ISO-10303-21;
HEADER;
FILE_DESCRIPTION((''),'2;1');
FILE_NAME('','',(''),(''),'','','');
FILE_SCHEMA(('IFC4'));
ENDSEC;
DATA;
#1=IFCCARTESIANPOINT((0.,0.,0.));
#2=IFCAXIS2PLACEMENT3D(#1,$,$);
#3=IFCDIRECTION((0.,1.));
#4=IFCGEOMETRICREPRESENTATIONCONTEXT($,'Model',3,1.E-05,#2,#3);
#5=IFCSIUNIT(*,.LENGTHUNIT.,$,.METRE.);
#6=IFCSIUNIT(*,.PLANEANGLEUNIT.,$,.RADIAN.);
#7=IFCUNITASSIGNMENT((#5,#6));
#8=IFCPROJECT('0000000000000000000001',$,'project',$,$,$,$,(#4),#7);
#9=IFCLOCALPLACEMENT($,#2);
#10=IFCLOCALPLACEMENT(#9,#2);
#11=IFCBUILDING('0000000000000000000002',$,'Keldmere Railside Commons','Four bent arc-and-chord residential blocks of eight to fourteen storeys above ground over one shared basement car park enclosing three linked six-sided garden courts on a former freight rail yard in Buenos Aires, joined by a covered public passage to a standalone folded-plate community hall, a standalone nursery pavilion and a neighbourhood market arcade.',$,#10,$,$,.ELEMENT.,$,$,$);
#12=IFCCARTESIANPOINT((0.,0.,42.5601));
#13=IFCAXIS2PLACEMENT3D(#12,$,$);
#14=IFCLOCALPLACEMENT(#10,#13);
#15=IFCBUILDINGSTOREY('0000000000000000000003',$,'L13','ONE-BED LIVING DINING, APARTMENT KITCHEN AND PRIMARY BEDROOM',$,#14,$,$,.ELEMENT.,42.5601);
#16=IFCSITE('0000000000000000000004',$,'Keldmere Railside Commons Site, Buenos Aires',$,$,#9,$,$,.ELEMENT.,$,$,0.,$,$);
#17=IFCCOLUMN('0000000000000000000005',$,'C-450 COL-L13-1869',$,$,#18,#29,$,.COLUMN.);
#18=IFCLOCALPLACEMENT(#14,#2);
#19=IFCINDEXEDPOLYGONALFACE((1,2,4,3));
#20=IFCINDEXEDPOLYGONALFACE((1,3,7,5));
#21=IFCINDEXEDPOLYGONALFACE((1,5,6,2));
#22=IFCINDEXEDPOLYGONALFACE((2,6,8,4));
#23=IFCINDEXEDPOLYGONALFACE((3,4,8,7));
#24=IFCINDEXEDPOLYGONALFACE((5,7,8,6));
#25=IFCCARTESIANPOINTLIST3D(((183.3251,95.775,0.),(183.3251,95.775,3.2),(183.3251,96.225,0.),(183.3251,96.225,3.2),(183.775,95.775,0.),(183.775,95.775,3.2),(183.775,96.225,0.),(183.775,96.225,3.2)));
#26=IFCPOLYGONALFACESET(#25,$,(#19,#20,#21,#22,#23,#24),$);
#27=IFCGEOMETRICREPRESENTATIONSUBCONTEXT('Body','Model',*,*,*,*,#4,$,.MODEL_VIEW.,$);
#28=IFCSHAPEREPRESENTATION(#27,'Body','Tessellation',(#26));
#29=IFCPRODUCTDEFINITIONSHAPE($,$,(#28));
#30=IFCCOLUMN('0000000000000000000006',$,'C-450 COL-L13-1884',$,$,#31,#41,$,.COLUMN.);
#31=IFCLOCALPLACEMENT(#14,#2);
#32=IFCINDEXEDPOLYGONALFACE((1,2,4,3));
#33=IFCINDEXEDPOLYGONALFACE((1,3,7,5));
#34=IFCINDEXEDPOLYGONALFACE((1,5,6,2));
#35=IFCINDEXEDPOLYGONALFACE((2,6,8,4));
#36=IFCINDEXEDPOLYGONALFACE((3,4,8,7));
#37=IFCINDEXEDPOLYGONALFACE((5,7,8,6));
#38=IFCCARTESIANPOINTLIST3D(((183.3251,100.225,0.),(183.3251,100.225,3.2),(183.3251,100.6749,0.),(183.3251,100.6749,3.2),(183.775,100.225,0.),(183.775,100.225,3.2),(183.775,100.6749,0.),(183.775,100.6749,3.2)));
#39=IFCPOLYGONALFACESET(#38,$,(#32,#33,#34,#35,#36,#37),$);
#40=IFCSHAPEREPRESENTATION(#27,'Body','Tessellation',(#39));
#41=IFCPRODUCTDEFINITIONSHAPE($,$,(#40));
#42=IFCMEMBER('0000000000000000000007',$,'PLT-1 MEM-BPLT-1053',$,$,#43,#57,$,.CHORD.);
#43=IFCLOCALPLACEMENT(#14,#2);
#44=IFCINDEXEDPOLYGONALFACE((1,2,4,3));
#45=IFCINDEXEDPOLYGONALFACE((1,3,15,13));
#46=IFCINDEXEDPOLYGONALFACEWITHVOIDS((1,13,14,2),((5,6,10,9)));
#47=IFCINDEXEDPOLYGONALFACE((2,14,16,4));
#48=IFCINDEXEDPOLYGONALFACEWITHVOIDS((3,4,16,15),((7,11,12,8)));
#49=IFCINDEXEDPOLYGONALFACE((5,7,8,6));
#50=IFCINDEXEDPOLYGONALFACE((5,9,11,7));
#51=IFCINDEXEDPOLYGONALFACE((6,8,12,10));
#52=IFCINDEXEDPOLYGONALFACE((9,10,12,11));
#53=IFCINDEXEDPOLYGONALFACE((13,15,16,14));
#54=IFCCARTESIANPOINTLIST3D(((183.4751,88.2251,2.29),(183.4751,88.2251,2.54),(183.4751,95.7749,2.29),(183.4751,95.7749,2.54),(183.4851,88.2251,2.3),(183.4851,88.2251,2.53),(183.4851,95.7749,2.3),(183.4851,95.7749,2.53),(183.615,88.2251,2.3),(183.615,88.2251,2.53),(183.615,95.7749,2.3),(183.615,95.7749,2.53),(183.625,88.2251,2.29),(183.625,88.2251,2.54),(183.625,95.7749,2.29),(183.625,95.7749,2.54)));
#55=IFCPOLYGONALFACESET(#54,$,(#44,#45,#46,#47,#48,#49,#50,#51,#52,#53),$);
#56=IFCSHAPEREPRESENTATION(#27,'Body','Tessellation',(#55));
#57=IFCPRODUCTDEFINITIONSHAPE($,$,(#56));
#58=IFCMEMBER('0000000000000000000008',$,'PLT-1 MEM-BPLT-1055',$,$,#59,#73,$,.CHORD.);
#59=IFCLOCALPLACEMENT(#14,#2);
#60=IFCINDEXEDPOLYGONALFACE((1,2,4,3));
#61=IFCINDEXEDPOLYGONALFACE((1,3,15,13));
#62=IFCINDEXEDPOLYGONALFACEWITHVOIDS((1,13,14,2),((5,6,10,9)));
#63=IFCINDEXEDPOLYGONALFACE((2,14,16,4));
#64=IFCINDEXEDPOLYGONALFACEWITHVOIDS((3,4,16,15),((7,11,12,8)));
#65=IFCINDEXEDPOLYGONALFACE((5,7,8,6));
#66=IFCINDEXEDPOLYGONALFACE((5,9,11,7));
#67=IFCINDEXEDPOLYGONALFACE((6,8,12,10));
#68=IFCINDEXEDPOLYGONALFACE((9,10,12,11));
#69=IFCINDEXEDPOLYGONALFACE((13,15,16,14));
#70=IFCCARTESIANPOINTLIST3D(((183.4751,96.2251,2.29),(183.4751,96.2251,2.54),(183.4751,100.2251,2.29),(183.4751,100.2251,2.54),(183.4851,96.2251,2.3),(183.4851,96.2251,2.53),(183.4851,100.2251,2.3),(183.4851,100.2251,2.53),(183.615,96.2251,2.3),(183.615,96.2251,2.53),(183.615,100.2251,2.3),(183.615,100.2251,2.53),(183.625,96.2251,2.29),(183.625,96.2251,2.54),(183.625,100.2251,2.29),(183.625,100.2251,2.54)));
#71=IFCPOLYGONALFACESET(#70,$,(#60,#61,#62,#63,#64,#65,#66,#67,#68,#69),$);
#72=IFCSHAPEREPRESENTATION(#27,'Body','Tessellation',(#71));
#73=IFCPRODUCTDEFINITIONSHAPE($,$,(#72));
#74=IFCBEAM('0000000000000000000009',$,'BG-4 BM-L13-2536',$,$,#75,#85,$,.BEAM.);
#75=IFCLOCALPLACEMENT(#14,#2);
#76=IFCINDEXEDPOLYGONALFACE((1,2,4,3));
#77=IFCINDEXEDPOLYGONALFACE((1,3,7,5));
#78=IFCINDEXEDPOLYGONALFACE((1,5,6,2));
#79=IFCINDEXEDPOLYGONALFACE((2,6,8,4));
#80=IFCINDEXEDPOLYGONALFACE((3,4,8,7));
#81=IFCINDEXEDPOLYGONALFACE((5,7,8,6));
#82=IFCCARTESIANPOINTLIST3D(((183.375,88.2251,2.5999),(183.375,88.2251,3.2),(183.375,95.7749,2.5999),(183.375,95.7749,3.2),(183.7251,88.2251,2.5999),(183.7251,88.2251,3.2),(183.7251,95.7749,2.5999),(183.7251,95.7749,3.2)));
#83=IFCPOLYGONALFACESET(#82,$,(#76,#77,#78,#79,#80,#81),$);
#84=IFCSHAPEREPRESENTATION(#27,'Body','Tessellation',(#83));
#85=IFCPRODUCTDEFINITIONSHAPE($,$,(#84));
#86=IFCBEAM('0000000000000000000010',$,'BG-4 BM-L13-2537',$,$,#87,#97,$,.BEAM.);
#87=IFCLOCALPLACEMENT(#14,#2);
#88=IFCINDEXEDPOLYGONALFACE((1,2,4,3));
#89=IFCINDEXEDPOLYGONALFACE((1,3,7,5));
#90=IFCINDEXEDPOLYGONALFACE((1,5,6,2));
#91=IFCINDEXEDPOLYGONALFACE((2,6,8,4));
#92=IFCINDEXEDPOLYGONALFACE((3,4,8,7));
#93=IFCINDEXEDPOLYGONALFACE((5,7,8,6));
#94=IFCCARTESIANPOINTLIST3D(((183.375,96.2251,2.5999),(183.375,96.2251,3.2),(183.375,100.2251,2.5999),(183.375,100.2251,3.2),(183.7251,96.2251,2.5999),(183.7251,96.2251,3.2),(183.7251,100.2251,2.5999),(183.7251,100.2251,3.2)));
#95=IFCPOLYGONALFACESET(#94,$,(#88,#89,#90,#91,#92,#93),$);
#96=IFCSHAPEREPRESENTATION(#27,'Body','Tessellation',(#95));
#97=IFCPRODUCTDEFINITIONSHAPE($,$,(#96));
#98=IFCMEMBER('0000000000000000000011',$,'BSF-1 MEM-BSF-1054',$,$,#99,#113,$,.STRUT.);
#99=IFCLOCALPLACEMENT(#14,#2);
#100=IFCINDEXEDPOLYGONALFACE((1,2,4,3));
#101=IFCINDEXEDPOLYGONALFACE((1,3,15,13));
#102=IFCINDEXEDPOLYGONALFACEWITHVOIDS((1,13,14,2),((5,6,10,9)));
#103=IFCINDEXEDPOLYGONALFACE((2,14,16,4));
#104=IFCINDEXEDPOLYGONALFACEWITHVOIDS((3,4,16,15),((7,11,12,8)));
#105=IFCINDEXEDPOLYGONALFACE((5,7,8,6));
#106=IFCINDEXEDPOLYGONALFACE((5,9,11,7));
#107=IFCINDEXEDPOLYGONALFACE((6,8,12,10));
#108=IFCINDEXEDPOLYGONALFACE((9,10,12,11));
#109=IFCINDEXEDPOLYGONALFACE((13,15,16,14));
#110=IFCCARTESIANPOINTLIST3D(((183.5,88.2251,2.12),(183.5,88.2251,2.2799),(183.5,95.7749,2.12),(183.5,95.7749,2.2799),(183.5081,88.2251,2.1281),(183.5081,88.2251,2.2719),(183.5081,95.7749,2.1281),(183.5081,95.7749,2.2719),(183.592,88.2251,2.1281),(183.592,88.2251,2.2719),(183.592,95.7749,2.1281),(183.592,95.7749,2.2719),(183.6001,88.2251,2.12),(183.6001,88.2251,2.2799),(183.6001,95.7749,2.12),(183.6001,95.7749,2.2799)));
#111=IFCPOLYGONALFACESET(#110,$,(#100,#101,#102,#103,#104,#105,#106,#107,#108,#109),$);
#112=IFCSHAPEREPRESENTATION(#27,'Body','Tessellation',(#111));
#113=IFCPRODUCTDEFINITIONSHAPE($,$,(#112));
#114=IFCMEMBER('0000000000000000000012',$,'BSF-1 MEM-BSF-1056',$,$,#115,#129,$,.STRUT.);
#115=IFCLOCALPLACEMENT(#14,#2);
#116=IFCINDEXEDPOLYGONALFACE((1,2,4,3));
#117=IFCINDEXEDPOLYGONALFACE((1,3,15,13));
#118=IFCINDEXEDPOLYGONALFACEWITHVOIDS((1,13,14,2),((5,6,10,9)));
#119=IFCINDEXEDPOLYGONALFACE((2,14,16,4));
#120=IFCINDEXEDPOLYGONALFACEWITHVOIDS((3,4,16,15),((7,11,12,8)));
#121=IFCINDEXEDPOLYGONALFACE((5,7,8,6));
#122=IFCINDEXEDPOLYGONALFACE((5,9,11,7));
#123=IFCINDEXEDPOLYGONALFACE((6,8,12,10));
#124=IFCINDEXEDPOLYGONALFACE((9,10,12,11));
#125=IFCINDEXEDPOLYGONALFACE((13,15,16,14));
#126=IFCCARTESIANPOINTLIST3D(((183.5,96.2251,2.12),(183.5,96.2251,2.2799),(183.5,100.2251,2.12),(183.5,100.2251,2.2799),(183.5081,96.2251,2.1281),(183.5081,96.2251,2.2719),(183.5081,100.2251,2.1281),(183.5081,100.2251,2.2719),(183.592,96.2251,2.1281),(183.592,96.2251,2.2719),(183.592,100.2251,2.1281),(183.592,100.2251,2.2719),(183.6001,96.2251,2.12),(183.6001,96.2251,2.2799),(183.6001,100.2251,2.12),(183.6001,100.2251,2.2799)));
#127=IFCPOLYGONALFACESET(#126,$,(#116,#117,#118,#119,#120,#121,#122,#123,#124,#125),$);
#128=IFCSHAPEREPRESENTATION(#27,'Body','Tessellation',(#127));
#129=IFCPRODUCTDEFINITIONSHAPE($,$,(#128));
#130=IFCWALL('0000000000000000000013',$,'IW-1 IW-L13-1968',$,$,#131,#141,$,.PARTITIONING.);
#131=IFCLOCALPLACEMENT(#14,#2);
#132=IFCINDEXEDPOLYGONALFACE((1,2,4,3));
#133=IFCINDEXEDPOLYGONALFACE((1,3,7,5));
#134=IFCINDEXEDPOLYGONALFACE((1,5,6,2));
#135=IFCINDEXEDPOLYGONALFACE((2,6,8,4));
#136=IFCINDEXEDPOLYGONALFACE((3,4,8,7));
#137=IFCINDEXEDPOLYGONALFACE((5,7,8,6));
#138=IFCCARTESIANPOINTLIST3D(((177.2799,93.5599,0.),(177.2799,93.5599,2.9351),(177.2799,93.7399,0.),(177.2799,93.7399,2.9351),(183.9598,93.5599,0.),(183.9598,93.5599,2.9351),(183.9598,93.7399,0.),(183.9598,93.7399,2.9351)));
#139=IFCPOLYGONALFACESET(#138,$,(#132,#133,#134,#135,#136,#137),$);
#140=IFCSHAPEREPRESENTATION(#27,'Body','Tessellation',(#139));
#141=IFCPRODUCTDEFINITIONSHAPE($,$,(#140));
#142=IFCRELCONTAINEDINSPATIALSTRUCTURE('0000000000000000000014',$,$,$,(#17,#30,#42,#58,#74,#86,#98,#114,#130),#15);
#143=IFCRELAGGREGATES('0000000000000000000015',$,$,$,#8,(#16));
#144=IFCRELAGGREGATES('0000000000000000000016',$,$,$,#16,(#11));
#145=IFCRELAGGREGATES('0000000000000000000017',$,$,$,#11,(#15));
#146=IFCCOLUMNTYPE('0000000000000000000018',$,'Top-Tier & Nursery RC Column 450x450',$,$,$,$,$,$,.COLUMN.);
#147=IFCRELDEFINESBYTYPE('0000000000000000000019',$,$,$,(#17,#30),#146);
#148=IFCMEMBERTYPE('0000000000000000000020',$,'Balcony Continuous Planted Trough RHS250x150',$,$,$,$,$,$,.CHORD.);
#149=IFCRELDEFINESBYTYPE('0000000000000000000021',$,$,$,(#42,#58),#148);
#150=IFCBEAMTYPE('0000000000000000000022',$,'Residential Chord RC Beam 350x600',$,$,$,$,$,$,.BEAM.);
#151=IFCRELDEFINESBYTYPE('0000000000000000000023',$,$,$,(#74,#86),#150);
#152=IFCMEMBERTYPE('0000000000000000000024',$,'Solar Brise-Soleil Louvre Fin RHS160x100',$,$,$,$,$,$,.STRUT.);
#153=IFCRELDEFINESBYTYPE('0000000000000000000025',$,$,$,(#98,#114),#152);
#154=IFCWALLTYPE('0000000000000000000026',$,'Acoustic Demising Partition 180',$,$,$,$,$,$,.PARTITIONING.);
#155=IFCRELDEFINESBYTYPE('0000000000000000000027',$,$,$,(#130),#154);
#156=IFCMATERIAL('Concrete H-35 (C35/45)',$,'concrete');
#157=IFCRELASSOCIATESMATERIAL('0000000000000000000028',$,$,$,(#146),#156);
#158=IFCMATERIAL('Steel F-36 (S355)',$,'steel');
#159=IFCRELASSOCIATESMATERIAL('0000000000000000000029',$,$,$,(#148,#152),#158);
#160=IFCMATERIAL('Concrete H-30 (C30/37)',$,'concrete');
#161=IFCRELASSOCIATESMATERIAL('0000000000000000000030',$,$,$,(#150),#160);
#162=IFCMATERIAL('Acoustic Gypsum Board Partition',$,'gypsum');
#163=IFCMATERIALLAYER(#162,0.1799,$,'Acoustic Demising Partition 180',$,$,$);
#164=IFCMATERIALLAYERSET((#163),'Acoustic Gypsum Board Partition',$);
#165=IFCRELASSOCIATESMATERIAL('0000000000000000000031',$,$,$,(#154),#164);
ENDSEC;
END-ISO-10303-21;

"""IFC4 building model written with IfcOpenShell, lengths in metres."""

from ifc_helpers import new_model, si_unit, direction, frame, frame_2d, origin, origin_2d, place, context, subcontext, project, spatial, rectangle, hollow_rectangle, extrude, material, layer, layer_set, material_profile, profile_set, type_object, element, save


model = new_model("IFC4")

# Units and contexts
model_context = context("Model", 3, precision=1e-05, world=origin(), true_north=direction((0.0, 1.0)))
body_context = subcontext(model_context, "Body", "Model", "MODEL_VIEW")
ifc_project = project(units=[si_unit("LENGTHUNIT", "METRE"), si_unit("PLANEANGLEUNIT", "RADIAN")], contexts=[model_context])

# Site, building, storey
site_placement = place(None, origin())
site = spatial("IfcSite", under=ifc_project, at=site_placement, Name="Keldmere Railside Commons Site, Buenos Aires", CompositionType="ELEMENT", RefElevation=0.0)
building_placement = place(site_placement, origin())
building = spatial("IfcBuilding", under=site, at=building_placement, Name="Keldmere Railside Commons", Description="Four bent arc-and-chord residential blocks of eight to fourteen storeys above ground over one shared basement car park enclosing three linked six-sided garden courts on a former freight rail yard in Buenos Aires, joined by a covered public passage to a standalone folded-plate community hall, a standalone nursery pavilion and a neighbourhood market arcade.", CompositionType="ELEMENT")
storey_placement = place(building_placement, frame((0.0, 0.0, 42.5601)))
storey = spatial("IfcBuildingStorey", under=building, at=storey_placement, Name="L13", Description="ONE-BED LIVING DINING, APARTMENT KITCHEN AND PRIMARY BEDROOM", CompositionType="ELEMENT", Elevation=42.5601)

# Columns
ifc_material_1 = material(Name="Concrete H-35 (C35/45)", Category="concrete")
ifc_material_profile_1 = material_profile(ifc_material_1, rectangle(XDim=0.45, YDim=0.45, at=origin_2d()), Name="RC-450x450")
ifc_profile_set_1 = profile_set([ifc_material_profile_1], Name="Concrete H-35 (C35/45)")
column_type = type_object("IfcColumnType", Name="Top-Tier & Nursery RC Column 450x450", PredefinedType="COLUMN", material=ifc_profile_set_1)
for number, where, z_axis, x_axis, name in (
    (1, (183.55, 96.0, 0.0), (0.0, 0.0, 1.0), (1.0, 0.0, 0.0), "C-450 COL-L13-1869"),
    (2, (183.55, 100.45, 0.0), (0.0, 0.0, 1.0), (1.0, 0.0, 0.0), "C-450 COL-L13-1884"),
):
    element("IfcColumn", number, at=place(storey_placement, frame(where, z_axis=z_axis, x_axis=x_axis)), inside=storey, type_object=column_type, Name=name, PredefinedType="COLUMN", context=body_context, shape_type="SweptSolid", body=[
        extrude(rectangle(XDim=0.45, YDim=0.45, at=origin_2d()), origin(), (0.0, 0.0, 1.0), 3.2),
    ])

# Members
ifc_material_2 = material(Name="Steel F-36 (S355)", Category="steel")
ifc_material_profile_2 = material_profile(ifc_material_2, hollow_rectangle(XDim=0.1499, YDim=0.25, WallThickness=0.01, at=origin_2d()), Name="RHS-250x150x10")
ifc_profile_set_2 = profile_set([ifc_material_profile_2], Name="Steel F-36 (S355)")
member_type_1 = type_object("IfcMemberType", Name="Balcony Continuous Planted Trough RHS250x150", PredefinedType="CHORD", material=ifc_profile_set_2)
member_1_placement = place(storey_placement, frame((183.55, 88.2251, 2.415), z_axis=(0.0, 1.0, 0.0), x_axis=(-1.0, 0.0, 0.0)))
element("IfcMember", 3, at=member_1_placement, inside=storey, type_object=member_type_1, Name="PLT-1 MEM-BPLT-1053", PredefinedType="CHORD", context=body_context, shape_type="SweptSolid", body=[
    extrude(hollow_rectangle(XDim=0.1499, YDim=0.25, WallThickness=0.01, at=origin_2d()), origin(), (0.0, 0.0, 1.0), 7.5498),
])
member_2_placement = place(storey_placement, frame((183.55, 96.2251, 2.415), z_axis=(0.0, 1.0, 0.0), x_axis=(-1.0, 0.0, 0.0)))
element("IfcMember", 4, at=member_2_placement, inside=storey, type_object=member_type_1, Name="PLT-1 MEM-BPLT-1055", PredefinedType="CHORD", context=body_context, shape_type="SweptSolid", body=[
    extrude(hollow_rectangle(XDim=0.1499, YDim=0.25, WallThickness=0.01, at=origin_2d()), origin(), (0.0, 0.0, 1.0), 4.0),
])

# Beams
ifc_material_3 = material(Name="Concrete H-30 (C30/37)", Category="concrete")
ifc_material_profile_3 = material_profile(ifc_material_3, rectangle(XDim=0.3501, YDim=0.6001, at=origin_2d()), Name="RC-350x600")
ifc_profile_set_3 = profile_set([ifc_material_profile_3], Name="Concrete H-30 (C30/37)")
beam_type = type_object("IfcBeamType", Name="Residential Chord RC Beam 350x600", PredefinedType="BEAM", material=ifc_profile_set_3)
beam_1_placement = place(storey_placement, frame((183.55, 88.2251, 2.8999), z_axis=(0.0, 1.0, 0.0), x_axis=(-1.0, 0.0, 0.0)))
element("IfcBeam", 5, at=beam_1_placement, inside=storey, type_object=beam_type, Name="BG-4 BM-L13-2536", PredefinedType="BEAM", context=body_context, shape_type="SweptSolid", body=[
    extrude(rectangle(XDim=0.3501, YDim=0.6001, at=origin_2d()), origin(), (0.0, 0.0, 1.0), 7.5498),
])
beam_2_placement = place(storey_placement, frame((183.55, 96.2251, 2.8999), z_axis=(0.0, 1.0, 0.0), x_axis=(-1.0, 0.0, 0.0)))
element("IfcBeam", 6, at=beam_2_placement, inside=storey, type_object=beam_type, Name="BG-4 BM-L13-2537", PredefinedType="BEAM", context=body_context, shape_type="SweptSolid", body=[
    extrude(rectangle(XDim=0.3501, YDim=0.6001, at=origin_2d()), origin(), (0.0, 0.0, 1.0), 4.0),
])

# Members
ifc_material_profile_4 = material_profile(ifc_material_2, hollow_rectangle(XDim=0.1001, YDim=0.1599, WallThickness=0.0081, at=origin_2d()), Name="RHS-160x100x8")
ifc_profile_set_4 = profile_set([ifc_material_profile_4], Name="Steel F-36 (S355)")
member_type_2 = type_object("IfcMemberType", Name="Solar Brise-Soleil Louvre Fin RHS160x100", PredefinedType="STRUT", material=ifc_profile_set_4)
member_3_placement = place(storey_placement, frame((183.55, 88.2251, 2.2), z_axis=(0.0, 1.0, 0.0), x_axis=(-1.0, 0.0, 0.0)))
element("IfcMember", 7, at=member_3_placement, inside=storey, type_object=member_type_2, Name="BSF-1 MEM-BSF-1054", PredefinedType="STRUT", context=body_context, shape_type="SweptSolid", body=[
    extrude(hollow_rectangle(XDim=0.1001, YDim=0.1599, WallThickness=0.0081, at=origin_2d()), origin(), (0.0, 0.0, 1.0), 7.5498),
])
member_4_placement = place(storey_placement, frame((183.55, 96.2251, 2.2), z_axis=(0.0, 1.0, 0.0), x_axis=(-1.0, 0.0, 0.0)))
element("IfcMember", 8, at=member_4_placement, inside=storey, type_object=member_type_2, Name="BSF-1 MEM-BSF-1056", PredefinedType="STRUT", context=body_context, shape_type="SweptSolid", body=[
    extrude(hollow_rectangle(XDim=0.1001, YDim=0.1599, WallThickness=0.0081, at=origin_2d()), origin(), (0.0, 0.0, 1.0), 4.0),
])

# Wall
ifc_material_4 = material(Name="Acoustic Gypsum Board Partition", Category="gypsum")
ifc_layer = layer(ifc_material_4, 0.1799, Name="Acoustic Demising Partition 180")
ifc_layer_set = layer_set([ifc_layer], Name="Acoustic Gypsum Board Partition")
wall_type = type_object("IfcWallType", Name="Acoustic Demising Partition 180", PredefinedType="PARTITIONING", material=ifc_layer_set)
wall_placement = place(storey_placement, frame((177.28, 93.6499, 0.0), z_axis=(0.0, 0.0, 1.0), x_axis=(1.0, 0.0, 0.0)))
element("IfcWall", 9, at=wall_placement, inside=storey, type_object=wall_type, Name="IW-1 IW-L13-1968", PredefinedType="PARTITIONING", context=body_context, shape_type="SweptSolid", body=[
    extrude(rectangle(XDim=6.6799, YDim=0.1799, at=frame_2d((3.3398, 0.0))), origin(), (0.0, 0.0, 1.0), 2.9351),
])

save(model, "model.ifc")
